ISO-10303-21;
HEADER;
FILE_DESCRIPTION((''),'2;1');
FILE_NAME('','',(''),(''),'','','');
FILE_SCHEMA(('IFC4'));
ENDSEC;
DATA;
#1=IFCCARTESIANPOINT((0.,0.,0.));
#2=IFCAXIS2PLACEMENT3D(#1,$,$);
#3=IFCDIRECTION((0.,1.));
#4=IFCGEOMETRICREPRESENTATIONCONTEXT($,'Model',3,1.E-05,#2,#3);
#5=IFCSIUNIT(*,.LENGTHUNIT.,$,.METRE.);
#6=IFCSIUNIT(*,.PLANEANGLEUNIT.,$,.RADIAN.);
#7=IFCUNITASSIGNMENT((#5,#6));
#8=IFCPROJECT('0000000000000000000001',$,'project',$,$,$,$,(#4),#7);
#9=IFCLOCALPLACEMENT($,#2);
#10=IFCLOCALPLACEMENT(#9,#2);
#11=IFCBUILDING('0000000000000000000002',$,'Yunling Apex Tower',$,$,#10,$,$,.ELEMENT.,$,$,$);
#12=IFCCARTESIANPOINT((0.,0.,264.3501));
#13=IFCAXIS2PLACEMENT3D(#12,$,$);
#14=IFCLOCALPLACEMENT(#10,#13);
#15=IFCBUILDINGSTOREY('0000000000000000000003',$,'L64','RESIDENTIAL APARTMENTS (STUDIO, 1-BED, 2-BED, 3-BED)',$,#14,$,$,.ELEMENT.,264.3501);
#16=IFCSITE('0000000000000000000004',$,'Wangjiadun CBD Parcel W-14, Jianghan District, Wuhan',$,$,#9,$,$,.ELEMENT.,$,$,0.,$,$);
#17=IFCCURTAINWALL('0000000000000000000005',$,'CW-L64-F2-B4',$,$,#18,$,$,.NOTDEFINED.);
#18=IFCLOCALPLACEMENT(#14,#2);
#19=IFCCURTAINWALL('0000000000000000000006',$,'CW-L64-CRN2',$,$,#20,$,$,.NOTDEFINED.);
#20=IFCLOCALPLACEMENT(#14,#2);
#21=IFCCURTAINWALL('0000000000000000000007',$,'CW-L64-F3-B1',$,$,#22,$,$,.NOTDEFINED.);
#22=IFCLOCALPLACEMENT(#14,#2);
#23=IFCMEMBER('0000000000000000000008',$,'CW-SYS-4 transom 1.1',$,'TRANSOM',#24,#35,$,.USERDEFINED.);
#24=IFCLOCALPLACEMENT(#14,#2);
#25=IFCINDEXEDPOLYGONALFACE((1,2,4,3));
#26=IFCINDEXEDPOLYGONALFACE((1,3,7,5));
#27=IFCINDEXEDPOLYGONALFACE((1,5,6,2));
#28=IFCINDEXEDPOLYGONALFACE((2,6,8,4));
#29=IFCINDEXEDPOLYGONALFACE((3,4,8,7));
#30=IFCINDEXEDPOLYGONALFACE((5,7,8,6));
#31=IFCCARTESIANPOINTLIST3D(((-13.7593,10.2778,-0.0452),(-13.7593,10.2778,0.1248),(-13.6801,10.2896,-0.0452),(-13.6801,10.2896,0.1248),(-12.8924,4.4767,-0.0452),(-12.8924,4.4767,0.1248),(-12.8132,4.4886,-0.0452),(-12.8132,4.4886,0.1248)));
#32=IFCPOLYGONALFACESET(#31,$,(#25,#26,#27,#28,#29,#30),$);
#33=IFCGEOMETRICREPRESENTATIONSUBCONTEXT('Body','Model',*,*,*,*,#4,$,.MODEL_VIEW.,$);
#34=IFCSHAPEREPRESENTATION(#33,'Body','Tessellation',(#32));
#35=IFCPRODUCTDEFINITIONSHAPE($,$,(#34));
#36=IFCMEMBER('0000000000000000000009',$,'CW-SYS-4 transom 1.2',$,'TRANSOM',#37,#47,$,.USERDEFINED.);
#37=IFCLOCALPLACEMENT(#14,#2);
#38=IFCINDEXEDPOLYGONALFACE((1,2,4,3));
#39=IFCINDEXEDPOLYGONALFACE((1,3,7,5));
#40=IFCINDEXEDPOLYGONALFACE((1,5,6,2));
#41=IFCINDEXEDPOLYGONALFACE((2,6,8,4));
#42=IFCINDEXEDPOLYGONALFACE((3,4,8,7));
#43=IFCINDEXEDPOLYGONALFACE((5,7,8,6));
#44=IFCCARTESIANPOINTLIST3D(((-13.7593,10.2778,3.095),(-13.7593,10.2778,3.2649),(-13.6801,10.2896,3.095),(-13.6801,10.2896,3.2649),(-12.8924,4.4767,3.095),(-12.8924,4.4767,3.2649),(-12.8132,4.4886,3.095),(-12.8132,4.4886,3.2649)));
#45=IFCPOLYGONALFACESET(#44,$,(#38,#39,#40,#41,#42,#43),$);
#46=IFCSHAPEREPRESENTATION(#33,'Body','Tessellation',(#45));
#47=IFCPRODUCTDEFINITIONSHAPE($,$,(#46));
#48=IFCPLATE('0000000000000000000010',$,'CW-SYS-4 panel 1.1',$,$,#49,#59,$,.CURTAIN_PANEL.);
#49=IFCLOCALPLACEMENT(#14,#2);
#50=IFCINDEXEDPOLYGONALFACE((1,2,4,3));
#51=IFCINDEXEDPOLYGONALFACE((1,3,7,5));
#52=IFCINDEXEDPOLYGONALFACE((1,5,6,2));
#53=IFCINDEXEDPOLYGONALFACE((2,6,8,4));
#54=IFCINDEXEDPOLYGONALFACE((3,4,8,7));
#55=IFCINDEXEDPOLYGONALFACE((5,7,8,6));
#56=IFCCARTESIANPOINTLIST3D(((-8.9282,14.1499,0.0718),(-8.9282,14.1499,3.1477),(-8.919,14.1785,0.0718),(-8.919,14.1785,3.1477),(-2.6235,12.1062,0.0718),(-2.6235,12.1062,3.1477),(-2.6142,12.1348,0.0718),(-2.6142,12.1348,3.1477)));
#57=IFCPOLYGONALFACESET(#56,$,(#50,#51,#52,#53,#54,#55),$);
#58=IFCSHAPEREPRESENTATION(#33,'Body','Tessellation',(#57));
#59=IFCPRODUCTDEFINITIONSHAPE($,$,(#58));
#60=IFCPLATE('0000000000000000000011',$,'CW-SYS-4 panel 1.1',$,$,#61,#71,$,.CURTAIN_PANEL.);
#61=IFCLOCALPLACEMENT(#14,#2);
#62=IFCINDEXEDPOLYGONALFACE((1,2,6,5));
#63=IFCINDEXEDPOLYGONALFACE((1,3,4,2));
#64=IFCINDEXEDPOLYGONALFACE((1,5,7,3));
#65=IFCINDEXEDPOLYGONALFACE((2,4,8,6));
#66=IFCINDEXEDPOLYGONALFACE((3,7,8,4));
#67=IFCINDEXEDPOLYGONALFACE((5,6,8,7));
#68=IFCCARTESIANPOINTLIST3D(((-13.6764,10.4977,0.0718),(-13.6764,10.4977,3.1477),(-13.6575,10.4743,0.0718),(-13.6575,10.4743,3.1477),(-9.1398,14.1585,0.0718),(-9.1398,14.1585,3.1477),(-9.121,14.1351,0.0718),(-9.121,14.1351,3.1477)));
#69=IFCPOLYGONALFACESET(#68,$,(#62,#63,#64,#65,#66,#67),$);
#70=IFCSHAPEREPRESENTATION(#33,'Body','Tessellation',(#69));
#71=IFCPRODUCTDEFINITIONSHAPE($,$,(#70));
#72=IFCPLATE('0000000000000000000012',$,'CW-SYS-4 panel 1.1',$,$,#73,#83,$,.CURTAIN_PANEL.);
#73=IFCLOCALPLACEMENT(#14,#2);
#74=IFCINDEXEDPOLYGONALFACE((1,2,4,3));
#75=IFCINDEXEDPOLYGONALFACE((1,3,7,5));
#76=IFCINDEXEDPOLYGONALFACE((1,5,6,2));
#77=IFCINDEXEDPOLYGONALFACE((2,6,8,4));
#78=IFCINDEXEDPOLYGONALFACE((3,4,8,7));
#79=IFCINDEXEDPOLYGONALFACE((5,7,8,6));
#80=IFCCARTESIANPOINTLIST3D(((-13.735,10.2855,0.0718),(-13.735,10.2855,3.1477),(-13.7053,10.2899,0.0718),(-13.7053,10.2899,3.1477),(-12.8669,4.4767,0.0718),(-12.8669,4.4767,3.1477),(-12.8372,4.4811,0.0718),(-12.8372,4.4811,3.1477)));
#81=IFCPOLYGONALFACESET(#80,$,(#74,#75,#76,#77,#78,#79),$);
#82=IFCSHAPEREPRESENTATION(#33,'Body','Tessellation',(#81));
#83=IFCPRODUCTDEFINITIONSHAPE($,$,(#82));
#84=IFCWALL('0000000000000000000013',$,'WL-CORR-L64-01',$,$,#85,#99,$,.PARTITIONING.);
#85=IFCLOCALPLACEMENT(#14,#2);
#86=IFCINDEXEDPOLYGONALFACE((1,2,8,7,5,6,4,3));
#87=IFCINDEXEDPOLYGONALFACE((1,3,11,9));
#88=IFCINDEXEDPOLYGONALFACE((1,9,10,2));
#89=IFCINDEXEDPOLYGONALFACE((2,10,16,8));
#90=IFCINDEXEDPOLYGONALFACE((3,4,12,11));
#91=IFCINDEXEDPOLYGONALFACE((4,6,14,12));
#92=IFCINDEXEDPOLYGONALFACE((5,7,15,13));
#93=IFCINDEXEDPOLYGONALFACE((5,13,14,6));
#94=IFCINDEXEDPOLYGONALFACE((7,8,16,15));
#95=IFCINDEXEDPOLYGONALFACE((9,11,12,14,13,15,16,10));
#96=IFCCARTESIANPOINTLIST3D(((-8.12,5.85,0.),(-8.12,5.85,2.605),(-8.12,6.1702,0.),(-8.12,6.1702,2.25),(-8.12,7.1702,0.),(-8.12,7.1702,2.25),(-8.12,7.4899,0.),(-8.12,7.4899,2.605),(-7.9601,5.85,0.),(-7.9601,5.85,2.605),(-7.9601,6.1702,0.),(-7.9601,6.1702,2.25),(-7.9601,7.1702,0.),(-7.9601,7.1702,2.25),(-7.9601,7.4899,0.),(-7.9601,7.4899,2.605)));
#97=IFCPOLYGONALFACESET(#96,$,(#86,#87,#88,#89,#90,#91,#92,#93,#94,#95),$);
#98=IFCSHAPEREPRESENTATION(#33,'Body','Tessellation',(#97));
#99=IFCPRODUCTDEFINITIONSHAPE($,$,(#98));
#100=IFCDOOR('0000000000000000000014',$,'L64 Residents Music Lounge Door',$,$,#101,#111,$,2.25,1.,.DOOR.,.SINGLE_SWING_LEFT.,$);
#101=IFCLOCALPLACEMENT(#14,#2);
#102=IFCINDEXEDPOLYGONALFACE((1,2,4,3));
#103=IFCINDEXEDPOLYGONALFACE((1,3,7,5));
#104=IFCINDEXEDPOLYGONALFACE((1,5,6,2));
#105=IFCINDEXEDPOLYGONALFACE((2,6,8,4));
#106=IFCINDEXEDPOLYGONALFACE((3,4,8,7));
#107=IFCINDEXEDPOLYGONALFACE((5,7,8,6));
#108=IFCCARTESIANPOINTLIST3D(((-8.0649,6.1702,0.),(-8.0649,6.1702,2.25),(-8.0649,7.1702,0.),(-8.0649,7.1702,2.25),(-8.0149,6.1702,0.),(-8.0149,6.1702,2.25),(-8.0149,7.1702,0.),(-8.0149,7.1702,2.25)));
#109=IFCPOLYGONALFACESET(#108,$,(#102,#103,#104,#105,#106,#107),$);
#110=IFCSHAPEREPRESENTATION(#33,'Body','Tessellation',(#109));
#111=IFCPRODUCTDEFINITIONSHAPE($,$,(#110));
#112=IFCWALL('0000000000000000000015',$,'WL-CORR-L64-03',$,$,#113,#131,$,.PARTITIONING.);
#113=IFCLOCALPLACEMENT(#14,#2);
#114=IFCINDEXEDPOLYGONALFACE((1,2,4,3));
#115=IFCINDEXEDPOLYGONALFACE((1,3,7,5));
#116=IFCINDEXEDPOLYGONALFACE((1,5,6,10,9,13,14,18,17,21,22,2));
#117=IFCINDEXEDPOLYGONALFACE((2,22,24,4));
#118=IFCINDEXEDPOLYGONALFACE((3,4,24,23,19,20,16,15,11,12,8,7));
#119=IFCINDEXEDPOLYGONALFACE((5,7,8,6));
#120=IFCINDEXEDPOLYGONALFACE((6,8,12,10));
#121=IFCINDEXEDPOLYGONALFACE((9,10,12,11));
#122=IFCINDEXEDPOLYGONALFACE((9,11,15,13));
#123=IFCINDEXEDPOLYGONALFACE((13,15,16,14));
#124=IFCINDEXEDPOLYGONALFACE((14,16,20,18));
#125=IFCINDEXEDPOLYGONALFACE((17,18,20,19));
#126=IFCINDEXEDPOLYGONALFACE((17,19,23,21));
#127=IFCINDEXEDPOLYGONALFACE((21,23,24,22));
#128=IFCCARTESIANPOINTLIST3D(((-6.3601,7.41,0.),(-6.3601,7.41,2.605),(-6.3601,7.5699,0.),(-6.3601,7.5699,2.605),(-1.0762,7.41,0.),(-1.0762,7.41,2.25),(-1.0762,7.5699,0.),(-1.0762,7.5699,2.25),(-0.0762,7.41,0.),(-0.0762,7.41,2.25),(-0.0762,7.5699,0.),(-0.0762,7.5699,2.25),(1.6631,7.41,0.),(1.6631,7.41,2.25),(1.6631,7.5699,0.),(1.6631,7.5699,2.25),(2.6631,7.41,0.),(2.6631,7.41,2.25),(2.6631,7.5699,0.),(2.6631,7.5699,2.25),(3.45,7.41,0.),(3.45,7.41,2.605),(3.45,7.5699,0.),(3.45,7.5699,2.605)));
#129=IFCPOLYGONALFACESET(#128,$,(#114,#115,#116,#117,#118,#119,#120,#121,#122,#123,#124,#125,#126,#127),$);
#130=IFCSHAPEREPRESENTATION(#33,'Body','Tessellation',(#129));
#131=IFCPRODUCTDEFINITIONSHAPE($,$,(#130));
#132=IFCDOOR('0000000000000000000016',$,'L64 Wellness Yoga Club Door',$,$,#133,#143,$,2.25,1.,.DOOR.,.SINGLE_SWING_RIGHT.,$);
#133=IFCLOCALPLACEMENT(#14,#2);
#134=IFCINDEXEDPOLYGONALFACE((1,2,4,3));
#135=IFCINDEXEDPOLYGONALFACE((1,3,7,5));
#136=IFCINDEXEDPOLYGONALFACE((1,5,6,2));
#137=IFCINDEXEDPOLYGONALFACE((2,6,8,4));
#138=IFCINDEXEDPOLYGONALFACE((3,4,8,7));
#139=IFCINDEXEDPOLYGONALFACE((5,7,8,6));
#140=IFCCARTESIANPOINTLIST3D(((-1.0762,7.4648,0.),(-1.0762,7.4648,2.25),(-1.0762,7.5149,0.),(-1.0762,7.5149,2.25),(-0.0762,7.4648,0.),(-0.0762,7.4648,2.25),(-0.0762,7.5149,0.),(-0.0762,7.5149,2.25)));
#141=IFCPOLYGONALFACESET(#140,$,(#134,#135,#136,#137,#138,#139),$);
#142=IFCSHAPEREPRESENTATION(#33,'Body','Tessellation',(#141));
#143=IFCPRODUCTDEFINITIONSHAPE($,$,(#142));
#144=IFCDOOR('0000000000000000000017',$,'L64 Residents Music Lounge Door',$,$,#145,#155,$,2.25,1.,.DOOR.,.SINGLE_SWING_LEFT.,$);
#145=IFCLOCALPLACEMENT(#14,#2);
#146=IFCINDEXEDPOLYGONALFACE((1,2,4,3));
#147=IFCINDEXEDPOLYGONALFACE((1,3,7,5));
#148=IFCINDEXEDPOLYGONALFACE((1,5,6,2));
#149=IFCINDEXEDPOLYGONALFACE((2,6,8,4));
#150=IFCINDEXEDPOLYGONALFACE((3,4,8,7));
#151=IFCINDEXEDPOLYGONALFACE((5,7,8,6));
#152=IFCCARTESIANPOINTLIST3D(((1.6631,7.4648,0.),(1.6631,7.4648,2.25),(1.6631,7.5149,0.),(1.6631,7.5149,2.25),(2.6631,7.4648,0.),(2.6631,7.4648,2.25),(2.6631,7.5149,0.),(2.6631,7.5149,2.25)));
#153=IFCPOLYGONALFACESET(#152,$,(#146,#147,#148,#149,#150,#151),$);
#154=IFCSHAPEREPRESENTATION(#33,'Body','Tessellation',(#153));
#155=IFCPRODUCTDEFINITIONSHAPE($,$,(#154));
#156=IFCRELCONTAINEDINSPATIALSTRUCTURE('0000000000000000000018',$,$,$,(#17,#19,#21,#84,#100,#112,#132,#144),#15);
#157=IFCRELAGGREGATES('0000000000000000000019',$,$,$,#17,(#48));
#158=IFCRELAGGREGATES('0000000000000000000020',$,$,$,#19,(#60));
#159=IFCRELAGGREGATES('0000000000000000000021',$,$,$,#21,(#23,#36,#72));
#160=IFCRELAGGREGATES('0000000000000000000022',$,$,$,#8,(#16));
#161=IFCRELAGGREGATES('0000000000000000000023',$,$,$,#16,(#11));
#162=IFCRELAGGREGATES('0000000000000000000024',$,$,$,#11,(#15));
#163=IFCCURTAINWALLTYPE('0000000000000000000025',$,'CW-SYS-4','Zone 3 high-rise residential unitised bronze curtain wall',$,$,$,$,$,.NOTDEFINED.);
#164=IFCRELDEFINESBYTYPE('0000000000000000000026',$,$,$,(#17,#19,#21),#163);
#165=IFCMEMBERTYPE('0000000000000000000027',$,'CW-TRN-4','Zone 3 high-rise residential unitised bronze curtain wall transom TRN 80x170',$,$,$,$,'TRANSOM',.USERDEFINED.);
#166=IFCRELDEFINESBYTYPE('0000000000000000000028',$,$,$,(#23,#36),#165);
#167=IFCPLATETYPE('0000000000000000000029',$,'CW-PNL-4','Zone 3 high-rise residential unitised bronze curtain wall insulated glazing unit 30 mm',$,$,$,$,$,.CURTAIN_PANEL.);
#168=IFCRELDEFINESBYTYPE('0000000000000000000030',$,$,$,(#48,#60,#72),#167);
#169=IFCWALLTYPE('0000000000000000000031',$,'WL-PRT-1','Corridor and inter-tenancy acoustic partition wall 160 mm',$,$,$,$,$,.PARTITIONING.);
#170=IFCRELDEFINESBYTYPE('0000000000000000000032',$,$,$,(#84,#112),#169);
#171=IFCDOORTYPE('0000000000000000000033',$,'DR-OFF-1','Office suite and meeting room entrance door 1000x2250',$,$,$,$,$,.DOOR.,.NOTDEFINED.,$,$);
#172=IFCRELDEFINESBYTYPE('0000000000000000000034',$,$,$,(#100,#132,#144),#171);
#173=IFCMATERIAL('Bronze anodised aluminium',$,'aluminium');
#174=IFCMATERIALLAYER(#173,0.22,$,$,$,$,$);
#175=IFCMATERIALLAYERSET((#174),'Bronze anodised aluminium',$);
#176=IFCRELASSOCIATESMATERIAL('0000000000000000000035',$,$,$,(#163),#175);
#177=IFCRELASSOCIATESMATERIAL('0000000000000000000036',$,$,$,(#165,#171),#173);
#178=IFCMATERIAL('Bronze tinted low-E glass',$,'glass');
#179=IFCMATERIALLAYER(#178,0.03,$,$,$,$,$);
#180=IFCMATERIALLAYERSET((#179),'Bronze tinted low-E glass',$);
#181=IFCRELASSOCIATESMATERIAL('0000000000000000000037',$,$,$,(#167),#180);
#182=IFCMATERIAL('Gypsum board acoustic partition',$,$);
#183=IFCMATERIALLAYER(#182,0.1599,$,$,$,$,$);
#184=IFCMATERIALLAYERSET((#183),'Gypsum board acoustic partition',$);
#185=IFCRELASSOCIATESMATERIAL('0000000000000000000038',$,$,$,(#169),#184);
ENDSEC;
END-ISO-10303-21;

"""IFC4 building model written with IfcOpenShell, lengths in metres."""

from ifc_helpers import new_model, si_unit, direction, frame, frame_2d, origin, origin_2d, place, context, subcontext, project, spatial, rectangle, extrude, source, transform, mapped, material, layer, layer_set, material_profile, profile_set, type_object, element, fill, aggregate, save


model = new_model("IFC4")

# Units and contexts
model_context = context("Model", 3, precision=1e-05, world=origin(), true_north=direction((0.0, 1.0)))
body_context = subcontext(model_context, "Body", "Model", "MODEL_VIEW")
ifc_project = project(units=[si_unit("LENGTHUNIT", "METRE"), si_unit("PLANEANGLEUNIT", "RADIAN")], contexts=[model_context])

# Site, building, storey
site_placement = place(None, origin())
site = spatial("IfcSite", under=ifc_project, at=site_placement, Name="Wangjiadun CBD Parcel W-14, Jianghan District, Wuhan", CompositionType="ELEMENT", RefElevation=0.0)
building_placement = place(site_placement, origin())
building = spatial("IfcBuilding", under=site, at=building_placement, Name="Yunling Apex Tower", CompositionType="ELEMENT")
storey_placement = place(building_placement, frame((0.0, 0.0, 264.3501)))
storey = spatial("IfcBuildingStorey", under=building, at=storey_placement, Name="L64", Description="RESIDENTIAL APARTMENTS (STUDIO, 1-BED, 2-BED, 3-BED)", CompositionType="ELEMENT", Elevation=264.3501)

# Curtain wall
ifc_material_1 = material(Name="Bronze anodised aluminium", Category="aluminium")
ifc_layer_1 = layer(ifc_material_1, 0.22)
ifc_layer_set_1 = layer_set([ifc_layer_1], Name="Bronze anodised aluminium")
curtain_wall_type = type_object("IfcCurtainWallType", Name="CW-SYS-4", Description="Zone 3 high-rise residential unitised bronze curtain wall", PredefinedType="NOTDEFINED", material=ifc_layer_set_1)
curtain_wall_1_placement = place(storey_placement, origin())
curtain_wall_1 = element("IfcCurtainWall", 1, at=curtain_wall_1_placement, inside=storey, type_object=curtain_wall_type, Name="CW-L64-F2-B4", PredefinedType="NOTDEFINED")

# Curtain wall
curtain_wall_2_placement = place(storey_placement, origin())
curtain_wall_2 = element("IfcCurtainWall", 2, at=curtain_wall_2_placement, inside=storey, type_object=curtain_wall_type, Name="CW-L64-CRN2", PredefinedType="NOTDEFINED")

# Curtain wall
curtain_wall_3_placement = place(storey_placement, origin())
curtain_wall_3 = element("IfcCurtainWall", 3, at=curtain_wall_3_placement, inside=storey, type_object=curtain_wall_type, Name="CW-L64-F3-B1", PredefinedType="NOTDEFINED")

# Members
ifc_material_profile_1 = material_profile(ifc_material_1, rectangle(XDim=0.0801, YDim=0.1699, at=origin_2d()))
ifc_profile_set_1 = profile_set([ifc_material_profile_1], Name="Bronze anodised aluminium")
member_type_1 = type_object("IfcMemberType", Name="CW-TRN-4", Description="Zone 3 high-rise residential unitised bronze curtain wall transom TRN 80x170", ElementType="TRANSOM", PredefinedType="USERDEFINED", material=ifc_profile_set_1)
shared_shape_1 = source(origin(), body_context, "Body", "SweptSolid", [
    extrude(rectangle(XDim=0.0801, YDim=0.1699, at=origin_2d()), origin(), (0.0, 0.0, 1.0), 5.8655),
])
member_1_placement = place(storey_placement, frame((-13.7197, 10.2837, 0.0398), z_axis=(0.147805, -0.989017, 0.0), x_axis=(0.989017, 0.147805, 0.0)))
member_1 = element("IfcMember", 4, at=member_1_placement, type_object=member_type_1, Name="CW-SYS-4 transom 1.1", ObjectType="TRANSOM", PredefinedType="USERDEFINED", context=body_context, shape_type="MappedRepresentation", body=[
    mapped(shared_shape_1, transform((0.0, 0.0, 0.0), scale=1.0)),
])
member_2_placement = place(storey_placement, frame((-13.7197, 10.2837, 3.1799), z_axis=(0.147805, -0.989017, 0.0), x_axis=(0.989017, 0.147805, 0.0)))
member_2 = element("IfcMember", 5, at=member_2_placement, type_object=member_type_1, Name="CW-SYS-4 transom 1.2", ObjectType="TRANSOM", PredefinedType="USERDEFINED", context=body_context, shape_type="MappedRepresentation", body=[
    mapped(shared_shape_1, transform((0.0, 0.0, 0.0), scale=1.0)),
])

# Plates
ifc_material_2 = material(Name="Bronze tinted low-E glass", Category="glass")
ifc_layer_2 = layer(ifc_material_2, 0.03)
ifc_layer_set_2 = layer_set([ifc_layer_2], Name="Bronze tinted low-E glass")
plate_type = type_object("IfcPlateType", Name="CW-PNL-4", Description="Zone 3 high-rise residential unitised bronze curtain wall insulated glazing unit 30 mm", PredefinedType="CURTAIN_PANEL", material=ifc_layer_set_2)
shared_shape_2 = source(origin(), body_context, "Body", "SweptSolid", [
    extrude(rectangle(XDim=6.6277, YDim=0.03, at=origin_2d()), origin(), (0.0, 0.0, 1.0), 3.0759),
])
plate_1_placement = place(storey_placement, frame((-5.7712, 13.1423, 0.0718), z_axis=(0.0, 0.0, 1.0), x_axis=(-0.951272, 0.308353, 0.0)))
plate_1 = element("IfcPlate", 6, at=plate_1_placement, type_object=plate_type, Name="CW-SYS-4 panel 1.1", PredefinedType="CURTAIN_PANEL", context=body_context, shape_type="MappedRepresentation", body=[
    mapped(shared_shape_2, transform((0.0, 0.0, 0.0), scale=1.0)),
])
aggregate(curtain_wall_1, [plate_1])
shared_shape_3 = source(origin(), body_context, "Body", "SweptSolid", [
    extrude(rectangle(XDim=5.8293, YDim=0.03, at=origin_2d()), origin(), (0.0, 0.0, 1.0), 3.0759),
])
plate_2_placement = place(storey_placement, frame((-11.3987, 12.3164, 0.0718), z_axis=(0.0, 0.0, 1.0), x_axis=(-0.778222, -0.627989, 0.0)))
plate_2 = element("IfcPlate", 7, at=plate_2_placement, type_object=plate_type, Name="CW-SYS-4 panel 1.1", PredefinedType="CURTAIN_PANEL", context=body_context, shape_type="MappedRepresentation", body=[
    mapped(shared_shape_3, transform((0.0, 0.0, 0.0), scale=1.0)),
])
aggregate(curtain_wall_2, [plate_2])
shared_shape_4 = source(origin(), body_context, "Body", "SweptSolid", [
    extrude(rectangle(XDim=5.8733, YDim=0.03, at=origin_2d()), origin(), (0.0, 0.0, 1.0), 3.0759),
])
plate_3_placement = place(storey_placement, frame((-13.2861, 7.3833, 0.0718), z_axis=(0.0, 0.0, 1.0), x_axis=(0.147807, -0.989016, 0.0)))
plate_3 = element("IfcPlate", 8, at=plate_3_placement, type_object=plate_type, Name="CW-SYS-4 panel 1.1", PredefinedType="CURTAIN_PANEL", context=body_context, shape_type="MappedRepresentation", body=[
    mapped(shared_shape_4, transform((0.0, 0.0, 0.0), scale=1.0)),
])
aggregate(curtain_wall_3, [member_1, member_2, plate_3])

# Wall, opening, door
ifc_material_3 = material(Name="Gypsum board acoustic partition")
ifc_layer_3 = layer(ifc_material_3, 0.1599)
ifc_layer_set_3 = layer_set([ifc_layer_3], Name="Gypsum board acoustic partition")
wall_type = type_object("IfcWallType", Name="WL-PRT-1", Description="Corridor and inter-tenancy acoustic partition wall 160 mm", PredefinedType="PARTITIONING", material=ifc_layer_set_3)
wall_1_placement = place(storey_placement, frame((-8.04, 5.8501, 0.0), z_axis=(0.0, 0.0, 1.0), x_axis=(0.0, 1.0, 0.0)))
wall_1 = element("IfcWall", 9, at=wall_1_placement, inside=storey, type_object=wall_type, Name="WL-CORR-L64-01", PredefinedType="PARTITIONING", context=body_context, shape_type="SweptSolid", body=[
    extrude(rectangle(XDim=1.6399, YDim=0.1599, at=frame_2d((0.8198, 0.0))), origin(), (0.0, 0.0, 1.0), 2.605),
])
opening_1_placement = place(wall_1_placement, frame((0.3201, 0.0, 0.0)))
opening_1 = element("IfcOpeningElement", 10, at=opening_1_placement, cuts=wall_1, PredefinedType="OPENING", context=body_context, shape_type="SweptSolid", body=[
    extrude(rectangle(XDim=1.0, YDim=2.25, at=frame_2d((0.5, 1.125))), frame((0.0, 0.0898, 0.0), z_axis=(0.0, -1.0, 0.0), x_axis=(1.0, 0.0, 0.0)), (0.0, 0.0, 1.0), 0.1799),
])
door_type = type_object("IfcDoorType", Name="DR-OFF-1", Description="Office suite and meeting room entrance door 1000x2250", OperationType="NOTDEFINED", PredefinedType="DOOR", material=ifc_material_1)
door_1_placement = place(opening_1_placement, origin())
door_1 = element("IfcDoor", 11, at=door_1_placement, inside=storey, type_object=door_type, Name="L64 Residents Music Lounge Door", OperationType="SINGLE_SWING_LEFT", OverallHeight=2.25, OverallWidth=1.0, PredefinedType="DOOR", context=body_context, shape_type="SweptSolid", body=[
    extrude(rectangle(XDim=1.0, YDim=2.25, at=frame_2d((0.5, 1.125))), frame((0.0, 0.0249, 0.0), z_axis=(0.0, -1.0, 0.0), x_axis=(1.0, 0.0, 0.0)), (0.0, 0.0, 1.0), 0.05),
])
fill(opening_1, door_1)

# Wall, openings, doors
wall_2_placement = place(storey_placement, frame((-6.3601, 7.49, 0.0), z_axis=(0.0, 0.0, 1.0), x_axis=(1.0, 0.0, 0.0)))
wall_2 = element("IfcWall", 12, at=wall_2_placement, inside=storey, type_object=wall_type, Name="WL-CORR-L64-03", PredefinedType="PARTITIONING", context=body_context, shape_type="SweptSolid", body=[
    extrude(rectangle(XDim=9.8101, YDim=0.1599, at=frame_2d((4.905, 0.0))), origin(), (0.0, 0.0, 1.0), 2.605),
])
opening_2_placement = place(wall_2_placement, frame((5.2839, 0.0, 0.0)))
opening_2 = element("IfcOpeningElement", 13, at=opening_2_placement, cuts=wall_2, PredefinedType="OPENING", context=body_context, shape_type="SweptSolid", body=[
    extrude(rectangle(XDim=1.0, YDim=2.25, at=frame_2d((0.5, 1.125))), frame((0.0, 0.0898, 0.0), z_axis=(0.0, -1.0, 0.0), x_axis=(1.0, 0.0, 0.0)), (0.0, 0.0, 1.0), 0.1799),
])
opening_3_placement = place(wall_2_placement, frame((8.0232, 0.0, 0.0)))
opening_3 = element("IfcOpeningElement", 14, at=opening_3_placement, cuts=wall_2, PredefinedType="OPENING", context=body_context, shape_type="SweptSolid", body=[
    extrude(rectangle(XDim=1.0, YDim=2.25, at=frame_2d((0.5, 1.125))), frame((0.0, 0.0898, 0.0), z_axis=(0.0, -1.0, 0.0), x_axis=(1.0, 0.0, 0.0)), (0.0, 0.0, 1.0), 0.1799),
])
door_2_placement = place(opening_2_placement, origin())
door_2 = element("IfcDoor", 15, at=door_2_placement, inside=storey, type_object=door_type, Name="L64 Wellness Yoga Club Door", OperationType="SINGLE_SWING_RIGHT", OverallHeight=2.25, OverallWidth=1.0, PredefinedType="DOOR", context=body_context, shape_type="SweptSolid", body=[
    extrude(rectangle(XDim=1.0, YDim=2.25, at=frame_2d((0.5, 1.125))), frame((0.0, 0.0249, 0.0), z_axis=(0.0, -1.0, 0.0), x_axis=(1.0, 0.0, 0.0)), (0.0, 0.0, 1.0), 0.05),
])
fill(opening_2, door_2)
door_3_placement = place(opening_3_placement, origin())
door_3 = element("IfcDoor", 16, at=door_3_placement, inside=storey, type_object=door_type, Name="L64 Residents Music Lounge Door", OperationType="SINGLE_SWING_LEFT", OverallHeight=2.25, OverallWidth=1.0, PredefinedType="DOOR", context=body_context, shape_type="SweptSolid", body=[
    extrude(rectangle(XDim=1.0, YDim=2.25, at=frame_2d((0.5, 1.125))), frame((0.0, 0.0249, 0.0), z_axis=(0.0, -1.0, 0.0), x_axis=(1.0, 0.0, 0.0)), (0.0, 0.0, 1.0), 0.05),
])
fill(opening_3, door_3)

save(model, "model.ifc")
